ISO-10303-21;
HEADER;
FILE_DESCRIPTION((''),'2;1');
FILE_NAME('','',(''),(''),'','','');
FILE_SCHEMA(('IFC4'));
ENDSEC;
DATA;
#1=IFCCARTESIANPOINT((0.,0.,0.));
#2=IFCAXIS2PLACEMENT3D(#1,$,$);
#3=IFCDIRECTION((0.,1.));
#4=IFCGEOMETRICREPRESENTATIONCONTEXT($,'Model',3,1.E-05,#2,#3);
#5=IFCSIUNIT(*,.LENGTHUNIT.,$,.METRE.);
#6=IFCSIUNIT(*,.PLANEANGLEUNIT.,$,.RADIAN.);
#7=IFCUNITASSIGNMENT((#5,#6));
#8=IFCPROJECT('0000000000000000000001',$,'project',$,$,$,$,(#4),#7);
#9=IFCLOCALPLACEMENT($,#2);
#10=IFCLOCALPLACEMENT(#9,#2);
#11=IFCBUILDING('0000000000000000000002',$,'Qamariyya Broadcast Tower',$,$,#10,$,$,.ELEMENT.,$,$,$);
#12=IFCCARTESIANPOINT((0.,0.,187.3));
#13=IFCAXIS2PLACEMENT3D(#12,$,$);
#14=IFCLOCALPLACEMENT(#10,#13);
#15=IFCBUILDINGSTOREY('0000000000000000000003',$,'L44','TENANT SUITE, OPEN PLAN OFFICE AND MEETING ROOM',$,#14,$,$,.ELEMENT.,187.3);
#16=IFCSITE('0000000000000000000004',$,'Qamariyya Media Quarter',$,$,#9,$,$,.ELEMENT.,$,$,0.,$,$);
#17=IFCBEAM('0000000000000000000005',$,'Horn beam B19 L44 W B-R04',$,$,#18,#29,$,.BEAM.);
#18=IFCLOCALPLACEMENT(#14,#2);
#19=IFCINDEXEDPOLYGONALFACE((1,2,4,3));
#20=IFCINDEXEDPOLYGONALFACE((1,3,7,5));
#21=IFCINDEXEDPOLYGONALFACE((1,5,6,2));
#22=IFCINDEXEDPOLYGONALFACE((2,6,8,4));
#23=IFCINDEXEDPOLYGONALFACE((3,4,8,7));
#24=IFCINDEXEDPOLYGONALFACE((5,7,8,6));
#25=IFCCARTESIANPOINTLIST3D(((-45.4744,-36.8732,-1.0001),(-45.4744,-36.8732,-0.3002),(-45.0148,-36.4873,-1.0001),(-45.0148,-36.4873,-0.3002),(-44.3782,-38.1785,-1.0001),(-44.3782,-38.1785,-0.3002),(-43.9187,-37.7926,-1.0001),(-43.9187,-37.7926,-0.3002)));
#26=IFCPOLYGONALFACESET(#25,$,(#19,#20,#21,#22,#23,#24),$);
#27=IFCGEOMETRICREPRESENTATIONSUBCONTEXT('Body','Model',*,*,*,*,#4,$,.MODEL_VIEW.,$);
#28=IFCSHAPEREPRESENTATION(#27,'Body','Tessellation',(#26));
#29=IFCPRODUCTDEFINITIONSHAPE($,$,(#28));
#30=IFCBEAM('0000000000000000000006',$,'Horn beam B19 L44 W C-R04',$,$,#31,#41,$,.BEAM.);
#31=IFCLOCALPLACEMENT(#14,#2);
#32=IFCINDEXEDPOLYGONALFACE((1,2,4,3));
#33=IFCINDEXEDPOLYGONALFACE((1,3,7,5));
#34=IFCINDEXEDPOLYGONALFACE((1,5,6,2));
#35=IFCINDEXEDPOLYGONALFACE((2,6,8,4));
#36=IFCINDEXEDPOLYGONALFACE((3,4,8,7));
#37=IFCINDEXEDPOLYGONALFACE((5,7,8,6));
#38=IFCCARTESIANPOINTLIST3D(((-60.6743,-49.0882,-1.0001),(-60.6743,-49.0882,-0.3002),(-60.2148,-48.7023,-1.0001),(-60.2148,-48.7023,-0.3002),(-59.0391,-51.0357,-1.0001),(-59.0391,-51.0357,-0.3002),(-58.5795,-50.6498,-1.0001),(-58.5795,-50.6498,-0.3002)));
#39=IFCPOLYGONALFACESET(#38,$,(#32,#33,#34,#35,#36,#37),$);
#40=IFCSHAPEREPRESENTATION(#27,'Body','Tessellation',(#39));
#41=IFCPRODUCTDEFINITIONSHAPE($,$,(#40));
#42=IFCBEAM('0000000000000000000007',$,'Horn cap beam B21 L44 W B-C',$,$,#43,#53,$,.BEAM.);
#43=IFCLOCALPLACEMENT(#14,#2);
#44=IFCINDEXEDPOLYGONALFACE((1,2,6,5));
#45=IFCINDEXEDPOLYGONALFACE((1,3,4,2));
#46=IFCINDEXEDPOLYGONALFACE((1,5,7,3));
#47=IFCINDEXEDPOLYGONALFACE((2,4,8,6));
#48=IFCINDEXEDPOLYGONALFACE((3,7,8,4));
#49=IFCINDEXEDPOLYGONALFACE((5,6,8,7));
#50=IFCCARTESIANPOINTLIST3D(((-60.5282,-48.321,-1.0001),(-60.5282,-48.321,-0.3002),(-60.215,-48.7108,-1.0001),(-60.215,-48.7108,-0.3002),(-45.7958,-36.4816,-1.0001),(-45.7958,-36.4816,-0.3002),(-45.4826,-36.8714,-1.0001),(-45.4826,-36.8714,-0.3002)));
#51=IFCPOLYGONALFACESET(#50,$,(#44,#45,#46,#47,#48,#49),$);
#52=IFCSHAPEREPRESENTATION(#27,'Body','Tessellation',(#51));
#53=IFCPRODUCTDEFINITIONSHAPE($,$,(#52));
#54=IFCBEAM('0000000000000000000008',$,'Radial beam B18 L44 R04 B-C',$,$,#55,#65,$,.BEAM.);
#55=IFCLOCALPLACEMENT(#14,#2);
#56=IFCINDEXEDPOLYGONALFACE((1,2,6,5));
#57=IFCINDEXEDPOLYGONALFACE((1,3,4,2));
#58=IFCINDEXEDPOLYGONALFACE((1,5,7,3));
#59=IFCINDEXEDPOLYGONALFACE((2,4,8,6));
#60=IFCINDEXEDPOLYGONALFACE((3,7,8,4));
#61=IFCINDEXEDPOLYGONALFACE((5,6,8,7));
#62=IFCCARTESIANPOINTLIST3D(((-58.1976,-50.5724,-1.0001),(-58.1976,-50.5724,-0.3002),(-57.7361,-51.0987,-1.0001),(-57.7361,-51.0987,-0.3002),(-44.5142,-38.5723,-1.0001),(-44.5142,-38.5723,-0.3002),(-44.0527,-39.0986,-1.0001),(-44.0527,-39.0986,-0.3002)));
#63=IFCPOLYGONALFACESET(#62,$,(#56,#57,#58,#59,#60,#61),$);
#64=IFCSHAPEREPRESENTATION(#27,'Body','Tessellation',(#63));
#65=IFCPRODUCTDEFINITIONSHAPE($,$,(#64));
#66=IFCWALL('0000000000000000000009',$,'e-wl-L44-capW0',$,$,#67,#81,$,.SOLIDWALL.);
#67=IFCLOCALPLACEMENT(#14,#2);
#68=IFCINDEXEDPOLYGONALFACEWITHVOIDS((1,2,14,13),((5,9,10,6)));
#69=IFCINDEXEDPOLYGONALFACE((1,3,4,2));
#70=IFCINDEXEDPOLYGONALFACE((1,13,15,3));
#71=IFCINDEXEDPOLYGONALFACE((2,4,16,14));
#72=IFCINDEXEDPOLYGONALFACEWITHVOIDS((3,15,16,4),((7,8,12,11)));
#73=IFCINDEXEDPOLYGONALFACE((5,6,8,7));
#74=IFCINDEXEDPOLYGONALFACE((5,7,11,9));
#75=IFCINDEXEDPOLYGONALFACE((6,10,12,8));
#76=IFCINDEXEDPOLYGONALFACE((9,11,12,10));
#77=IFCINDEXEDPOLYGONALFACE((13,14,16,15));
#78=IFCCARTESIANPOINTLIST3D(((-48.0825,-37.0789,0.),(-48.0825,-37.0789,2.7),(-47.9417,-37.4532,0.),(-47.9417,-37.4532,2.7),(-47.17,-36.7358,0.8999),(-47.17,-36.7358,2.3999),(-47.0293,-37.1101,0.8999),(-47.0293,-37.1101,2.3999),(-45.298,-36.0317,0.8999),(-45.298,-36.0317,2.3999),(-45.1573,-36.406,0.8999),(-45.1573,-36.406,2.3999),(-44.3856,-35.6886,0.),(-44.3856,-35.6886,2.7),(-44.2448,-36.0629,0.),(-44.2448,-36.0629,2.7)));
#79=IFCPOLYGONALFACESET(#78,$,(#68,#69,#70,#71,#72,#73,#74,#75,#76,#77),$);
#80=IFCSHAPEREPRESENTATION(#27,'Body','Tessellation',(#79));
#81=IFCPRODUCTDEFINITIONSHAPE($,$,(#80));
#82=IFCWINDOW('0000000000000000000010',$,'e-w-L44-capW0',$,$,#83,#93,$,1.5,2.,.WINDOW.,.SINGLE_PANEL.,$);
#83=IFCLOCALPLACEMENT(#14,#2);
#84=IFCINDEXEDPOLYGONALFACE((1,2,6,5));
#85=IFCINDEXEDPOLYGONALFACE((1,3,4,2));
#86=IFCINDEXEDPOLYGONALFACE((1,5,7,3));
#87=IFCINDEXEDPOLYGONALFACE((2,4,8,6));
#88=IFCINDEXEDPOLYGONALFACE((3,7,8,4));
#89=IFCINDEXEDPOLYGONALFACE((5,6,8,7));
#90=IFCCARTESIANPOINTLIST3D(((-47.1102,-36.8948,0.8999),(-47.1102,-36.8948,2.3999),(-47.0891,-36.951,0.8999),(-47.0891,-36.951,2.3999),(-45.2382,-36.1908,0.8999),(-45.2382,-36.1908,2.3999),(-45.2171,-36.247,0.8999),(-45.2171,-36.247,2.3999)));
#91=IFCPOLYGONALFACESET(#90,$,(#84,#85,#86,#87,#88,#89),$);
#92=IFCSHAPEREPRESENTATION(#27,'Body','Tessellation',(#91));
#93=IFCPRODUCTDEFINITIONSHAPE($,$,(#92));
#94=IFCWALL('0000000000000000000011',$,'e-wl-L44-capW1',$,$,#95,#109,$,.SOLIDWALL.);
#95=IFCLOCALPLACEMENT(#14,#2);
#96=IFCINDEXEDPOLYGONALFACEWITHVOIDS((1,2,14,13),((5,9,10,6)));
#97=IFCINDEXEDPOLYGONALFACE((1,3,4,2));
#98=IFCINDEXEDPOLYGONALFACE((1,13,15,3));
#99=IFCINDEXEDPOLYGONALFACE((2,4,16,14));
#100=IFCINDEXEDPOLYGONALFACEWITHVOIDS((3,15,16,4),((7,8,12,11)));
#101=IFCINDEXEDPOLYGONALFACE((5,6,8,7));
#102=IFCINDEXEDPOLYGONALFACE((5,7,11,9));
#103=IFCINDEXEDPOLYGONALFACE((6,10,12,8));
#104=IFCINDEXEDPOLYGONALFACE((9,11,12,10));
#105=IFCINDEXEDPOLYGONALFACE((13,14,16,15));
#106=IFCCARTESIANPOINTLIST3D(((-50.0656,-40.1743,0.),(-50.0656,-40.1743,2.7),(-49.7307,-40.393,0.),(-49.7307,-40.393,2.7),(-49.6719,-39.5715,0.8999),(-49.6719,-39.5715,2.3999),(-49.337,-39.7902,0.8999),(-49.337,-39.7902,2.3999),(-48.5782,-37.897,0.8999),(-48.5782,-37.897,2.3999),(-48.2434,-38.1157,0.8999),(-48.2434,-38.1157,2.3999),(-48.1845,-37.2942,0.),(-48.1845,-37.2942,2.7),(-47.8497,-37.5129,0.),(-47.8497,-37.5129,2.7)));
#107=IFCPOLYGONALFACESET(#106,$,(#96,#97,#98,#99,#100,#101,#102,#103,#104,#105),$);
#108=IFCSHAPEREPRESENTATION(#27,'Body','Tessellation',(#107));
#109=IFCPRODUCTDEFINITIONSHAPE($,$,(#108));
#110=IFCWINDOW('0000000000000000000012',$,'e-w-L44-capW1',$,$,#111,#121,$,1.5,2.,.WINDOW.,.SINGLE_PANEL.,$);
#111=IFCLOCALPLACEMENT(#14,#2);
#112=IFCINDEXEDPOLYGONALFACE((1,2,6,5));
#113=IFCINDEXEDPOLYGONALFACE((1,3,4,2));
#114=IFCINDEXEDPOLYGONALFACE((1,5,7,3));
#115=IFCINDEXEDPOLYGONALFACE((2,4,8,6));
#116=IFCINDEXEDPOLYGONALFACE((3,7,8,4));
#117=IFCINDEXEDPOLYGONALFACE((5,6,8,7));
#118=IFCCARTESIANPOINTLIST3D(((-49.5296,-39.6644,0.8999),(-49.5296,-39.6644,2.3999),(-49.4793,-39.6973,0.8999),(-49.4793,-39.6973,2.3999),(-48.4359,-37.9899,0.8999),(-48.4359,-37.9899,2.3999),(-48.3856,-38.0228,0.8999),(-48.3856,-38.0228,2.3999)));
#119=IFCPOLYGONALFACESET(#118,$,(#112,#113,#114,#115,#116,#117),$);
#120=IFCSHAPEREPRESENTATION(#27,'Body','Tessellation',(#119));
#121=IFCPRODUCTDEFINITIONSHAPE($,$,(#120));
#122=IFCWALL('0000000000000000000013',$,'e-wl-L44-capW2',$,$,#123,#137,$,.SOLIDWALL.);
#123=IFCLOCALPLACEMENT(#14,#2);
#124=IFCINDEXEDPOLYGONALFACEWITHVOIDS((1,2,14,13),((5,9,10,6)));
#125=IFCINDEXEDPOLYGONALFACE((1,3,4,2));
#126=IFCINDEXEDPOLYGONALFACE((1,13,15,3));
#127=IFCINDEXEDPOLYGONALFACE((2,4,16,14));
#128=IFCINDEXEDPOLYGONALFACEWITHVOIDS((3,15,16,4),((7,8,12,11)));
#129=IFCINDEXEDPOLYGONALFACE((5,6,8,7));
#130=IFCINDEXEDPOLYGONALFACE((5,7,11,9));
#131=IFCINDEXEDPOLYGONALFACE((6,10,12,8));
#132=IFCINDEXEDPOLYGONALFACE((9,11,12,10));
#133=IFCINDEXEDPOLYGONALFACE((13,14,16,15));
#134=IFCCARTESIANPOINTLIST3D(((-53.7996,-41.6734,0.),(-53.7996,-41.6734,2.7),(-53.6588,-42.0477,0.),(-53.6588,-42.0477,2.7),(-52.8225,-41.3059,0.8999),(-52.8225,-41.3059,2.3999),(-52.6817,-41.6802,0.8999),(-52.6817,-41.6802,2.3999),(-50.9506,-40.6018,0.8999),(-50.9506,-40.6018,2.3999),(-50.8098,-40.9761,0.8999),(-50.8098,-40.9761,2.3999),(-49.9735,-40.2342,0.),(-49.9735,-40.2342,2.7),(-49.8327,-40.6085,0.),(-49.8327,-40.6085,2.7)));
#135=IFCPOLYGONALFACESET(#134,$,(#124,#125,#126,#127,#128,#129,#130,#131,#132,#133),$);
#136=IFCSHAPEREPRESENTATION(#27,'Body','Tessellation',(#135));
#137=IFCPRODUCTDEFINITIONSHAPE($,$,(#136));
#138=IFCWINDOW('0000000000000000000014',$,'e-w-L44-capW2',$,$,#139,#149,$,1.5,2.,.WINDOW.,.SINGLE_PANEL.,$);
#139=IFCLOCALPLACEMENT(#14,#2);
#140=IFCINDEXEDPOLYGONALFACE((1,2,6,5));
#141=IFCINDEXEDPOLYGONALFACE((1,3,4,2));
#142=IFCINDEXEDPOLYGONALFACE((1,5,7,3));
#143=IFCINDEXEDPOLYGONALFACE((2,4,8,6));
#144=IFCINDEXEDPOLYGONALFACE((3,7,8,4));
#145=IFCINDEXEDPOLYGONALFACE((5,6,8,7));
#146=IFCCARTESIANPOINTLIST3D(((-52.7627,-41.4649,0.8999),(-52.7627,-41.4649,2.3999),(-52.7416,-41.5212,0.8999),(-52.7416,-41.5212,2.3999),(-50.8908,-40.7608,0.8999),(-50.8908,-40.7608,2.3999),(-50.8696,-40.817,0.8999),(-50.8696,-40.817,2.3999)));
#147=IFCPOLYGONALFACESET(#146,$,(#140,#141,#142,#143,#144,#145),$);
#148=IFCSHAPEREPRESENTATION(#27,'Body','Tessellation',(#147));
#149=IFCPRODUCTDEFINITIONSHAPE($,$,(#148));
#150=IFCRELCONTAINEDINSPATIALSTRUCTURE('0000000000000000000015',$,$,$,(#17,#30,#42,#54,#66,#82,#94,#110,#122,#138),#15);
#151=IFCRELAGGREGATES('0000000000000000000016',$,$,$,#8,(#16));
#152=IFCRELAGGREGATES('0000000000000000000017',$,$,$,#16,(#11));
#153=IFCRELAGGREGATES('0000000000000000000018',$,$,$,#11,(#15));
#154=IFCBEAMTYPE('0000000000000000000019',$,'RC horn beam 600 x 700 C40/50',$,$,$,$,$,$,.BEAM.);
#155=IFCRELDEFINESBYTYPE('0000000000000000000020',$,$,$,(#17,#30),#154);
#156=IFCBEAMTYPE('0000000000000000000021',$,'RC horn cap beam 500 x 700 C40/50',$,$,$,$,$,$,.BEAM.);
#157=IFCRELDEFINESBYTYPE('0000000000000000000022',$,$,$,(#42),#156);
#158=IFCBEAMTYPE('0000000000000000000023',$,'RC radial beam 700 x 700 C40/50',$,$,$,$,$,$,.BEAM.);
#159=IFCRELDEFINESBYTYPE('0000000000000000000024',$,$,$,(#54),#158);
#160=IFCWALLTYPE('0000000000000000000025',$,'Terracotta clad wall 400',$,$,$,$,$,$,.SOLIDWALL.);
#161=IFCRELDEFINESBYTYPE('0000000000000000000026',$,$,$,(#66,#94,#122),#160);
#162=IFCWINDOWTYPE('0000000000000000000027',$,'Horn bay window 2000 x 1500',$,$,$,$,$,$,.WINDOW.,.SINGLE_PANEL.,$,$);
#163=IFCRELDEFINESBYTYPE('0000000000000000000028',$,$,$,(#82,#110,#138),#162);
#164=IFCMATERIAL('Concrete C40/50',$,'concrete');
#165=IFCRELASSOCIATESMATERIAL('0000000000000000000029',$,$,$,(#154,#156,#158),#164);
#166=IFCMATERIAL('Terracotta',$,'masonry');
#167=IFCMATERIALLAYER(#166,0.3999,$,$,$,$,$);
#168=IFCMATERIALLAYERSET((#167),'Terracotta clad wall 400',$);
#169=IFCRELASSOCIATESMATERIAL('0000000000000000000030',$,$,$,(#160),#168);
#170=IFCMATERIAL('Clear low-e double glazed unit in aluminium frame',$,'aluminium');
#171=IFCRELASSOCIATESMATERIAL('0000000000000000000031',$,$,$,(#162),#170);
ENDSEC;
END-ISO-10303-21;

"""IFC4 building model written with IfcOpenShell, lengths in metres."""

from ifc_helpers import new_model, si_unit, direction, frame, frame_2d, origin, origin_2d, place, context, subcontext, project, spatial, rectangle, extrude, material, layer, layer_set, material_profile, profile_set, type_object, element, fill, save


model = new_model("IFC4")

# Units and contexts
model_context = context("Model", 3, precision=1e-05, world=origin(), true_north=direction((0.0, 1.0)))
body_context = subcontext(model_context, "Body", "Model", "MODEL_VIEW")
ifc_project = project(units=[si_unit("LENGTHUNIT", "METRE"), si_unit("PLANEANGLEUNIT", "RADIAN")], contexts=[model_context])

# Site, building, storey
site_placement = place(None, origin())
site = spatial("IfcSite", under=ifc_project, at=site_placement, Name="Qamariyya Media Quarter", CompositionType="ELEMENT", RefElevation=0.0)
building_placement = place(site_placement, origin())
building = spatial("IfcBuilding", under=site, at=building_placement, Name="Qamariyya Broadcast Tower", CompositionType="ELEMENT")
storey_placement = place(building_placement, frame((0.0, 0.0, 187.3)))
storey = spatial("IfcBuildingStorey", under=building, at=storey_placement, Name="L44", Description="TENANT SUITE, OPEN PLAN OFFICE AND MEETING ROOM", CompositionType="ELEMENT", Elevation=187.3)

# Beams
ifc_material_1 = material(Name="Concrete C40/50", Category="concrete")
ifc_material_profile_1 = material_profile(ifc_material_1, rectangle(XDim=0.6001, YDim=0.7, at=origin_2d()))
ifc_profile_set_1 = profile_set([ifc_material_profile_1], Name="Concrete C40/50")
beam_type_1 = type_object("IfcBeamType", Name="RC horn beam 600 x 700 C40/50", PredefinedType="BEAM", material=ifc_profile_set_1)
beam_1_placement = place(storey_placement, frame((-44.1484, -37.9856, -0.6501), z_axis=(-0.643068, 0.765809, 0.0), x_axis=(-0.765809, -0.643068, 0.0)))
element("IfcBeam", 1, at=beam_1_placement, inside=storey, type_object=beam_type_1, Name="Horn beam B19 L44 W B-R04", PredefinedType="BEAM", context=body_context, shape_type="SweptSolid", body=[
    extrude(rectangle(XDim=0.6001, YDim=0.7, at=origin_2d()), origin(), (0.0, 0.0, 1.0), 1.7046),
])
beam_2_placement = place(storey_placement, frame((-58.8093, -50.8428, -0.6501), z_axis=(-0.643041, 0.765832, 0.0), x_axis=(-0.765832, -0.643041, 0.0)))
element("IfcBeam", 2, at=beam_2_placement, inside=storey, type_object=beam_type_1, Name="Horn beam B19 L44 W C-R04", PredefinedType="BEAM", context=body_context, shape_type="SweptSolid", body=[
    extrude(rectangle(XDim=0.6001, YDim=0.7, at=origin_2d()), origin(), (0.0, 0.0, 1.0), 2.543),
])
ifc_material_profile_2 = material_profile(ifc_material_1, rectangle(XDim=0.5, YDim=0.7, at=origin_2d()))
ifc_profile_set_2 = profile_set([ifc_material_profile_2], Name="Concrete C40/50")
beam_type_2 = type_object("IfcBeamType", Name="RC horn cap beam 500 x 700 C40/50", PredefinedType="BEAM", material=ifc_profile_set_2)
beam_3_placement = place(storey_placement, frame((-45.6392, -36.6765, -0.6501), z_axis=(-0.779488, -0.626417, 0.0), x_axis=(0.626417, -0.779488, 0.0)))
element("IfcBeam", 3, at=beam_3_placement, inside=storey, type_object=beam_type_2, Name="Horn cap beam B21 L44 W B-C", PredefinedType="BEAM", context=body_context, shape_type="SweptSolid", body=[
    extrude(rectangle(XDim=0.5, YDim=0.7, at=origin_2d()), origin(), (0.0, 0.0, 1.0), 18.9001),
])
ifc_material_profile_3 = material_profile(ifc_material_1, rectangle(XDim=0.7, YDim=0.7, at=origin_2d()))
ifc_profile_set_3 = profile_set([ifc_material_profile_3], Name="Concrete C40/50")
beam_type_3 = type_object("IfcBeamType", Name="RC radial beam 700 x 700 C40/50", PredefinedType="BEAM", material=ifc_profile_set_3)
beam_4_placement = place(storey_placement, frame((-44.2834, -38.8354, -0.6501), z_axis=(-0.751839, -0.659347, 0.0), x_axis=(0.659347, -0.751839, 0.0)))
element("IfcBeam", 4, at=beam_4_placement, inside=storey, type_object=beam_type_3, Name="Radial beam B18 L44 R04 B-C", PredefinedType="BEAM", context=body_context, shape_type="SweptSolid", body=[
    extrude(rectangle(XDim=0.7, YDim=0.7, at=origin_2d()), origin(), (0.0, 0.0, 1.0), 18.2),
])

# Walls, openings, windows
ifc_material_2 = material(Name="Terracotta", Category="masonry")
ifc_layer = layer(ifc_material_2, 0.3999)
ifc_layer_set = layer_set([ifc_layer], Name="Terracotta clad wall 400")
wall_type = type_object("IfcWallType", Name="Terracotta clad wall 400", PredefinedType="SOLIDWALL", material=ifc_layer_set)
wall_1_placement = place(storey_placement, frame((-44.3152, -35.8757, 0.0), z_axis=(0.0, 0.0, 1.0), x_axis=(-0.935996, -0.352011, 0.0)))
wall_1 = element("IfcWall", 5, at=wall_1_placement, inside=storey, type_object=wall_type, Name="e-wl-L44-capW0", PredefinedType="SOLIDWALL", context=body_context, shape_type="SweptSolid", body=[
    extrude(rectangle(XDim=3.9497, YDim=0.3999, at=frame_2d((1.9749, 0.0))), origin(), (0.0, 0.0, 1.0), 2.7),
])
opening_1_placement = place(wall_1_placement, frame((0.9749, 0.0, 0.8999)))
opening_1 = element("IfcOpeningElement", 6, at=opening_1_placement, cuts=wall_1, PredefinedType="OPENING", context=body_context, shape_type="SweptSolid", body=[
    extrude(rectangle(XDim=2.0, YDim=1.5, at=frame_2d((1.0, 0.75))), frame((0.0, 0.21, 0.0), z_axis=(0.0, -1.0, 0.0), x_axis=(1.0, 0.0, 0.0)), (0.0, 0.0, 1.0), 0.4199),
])
ifc_material_3 = material(Name="Clear low-e double glazed unit in aluminium frame", Category="aluminium")
window_type = type_object("IfcWindowType", Name="Horn bay window 2000 x 1500", PartitioningType="SINGLE_PANEL", PredefinedType="WINDOW", material=ifc_material_3)
window_1_placement = place(opening_1_placement, origin())
window_1 = element("IfcWindow", 7, at=window_1_placement, inside=storey, type_object=window_type, Name="e-w-L44-capW0", OverallHeight=1.5, OverallWidth=2.0, PartitioningType="SINGLE_PANEL", PredefinedType="WINDOW", context=body_context, shape_type="SweptSolid", body=[
    extrude(rectangle(XDim=2.0, YDim=1.5, at=frame_2d((1.0, 0.75))), frame((0.0, 0.03, 0.0), z_axis=(0.0, -1.0, 0.0), x_axis=(1.0, 0.0, 0.0)), (0.0, 0.0, 1.0), 0.0601),
])
fill(opening_1, window_1)
wall_2_placement = place(storey_placement, frame((-48.0171, -37.4036, 0.0), z_axis=(0.0, 0.0, 1.0), x_axis=(-0.546831, -0.837243, 0.0)))
wall_2 = element("IfcWall", 8, at=wall_2_placement, inside=storey, type_object=wall_type, Name="e-wl-L44-capW1", PredefinedType="SOLIDWALL", context=body_context, shape_type="SweptSolid", body=[
    extrude(rectangle(XDim=3.4399, YDim=0.3999, at=frame_2d((1.72, 0.0))), origin(), (0.0, 0.0, 1.0), 2.7),
])
opening_2_placement = place(wall_2_placement, frame((0.72, 0.0, 0.8999)))
opening_2 = element("IfcOpeningElement", 9, at=opening_2_placement, cuts=wall_2, PredefinedType="OPENING", context=body_context, shape_type="SweptSolid", body=[
    extrude(rectangle(XDim=2.0, YDim=1.5, at=frame_2d((1.0, 0.75))), frame((0.0, 0.21, 0.0), z_axis=(0.0, -1.0, 0.0), x_axis=(1.0, 0.0, 0.0)), (0.0, 0.0, 1.0), 0.4199),
])
window_2_placement = place(opening_2_placement, origin())
window_2 = element("IfcWindow", 10, at=window_2_placement, inside=storey, type_object=window_type, Name="e-w-L44-capW1", OverallHeight=1.5, OverallWidth=2.0, PartitioningType="SINGLE_PANEL", PredefinedType="WINDOW", context=body_context, shape_type="SweptSolid", body=[
    extrude(rectangle(XDim=2.0, YDim=1.5, at=frame_2d((1.0, 0.75))), frame((0.0, 0.03, 0.0), z_axis=(0.0, -1.0, 0.0), x_axis=(1.0, 0.0, 0.0)), (0.0, 0.0, 1.0), 0.0601),
])
fill(opening_2, window_2)
wall_3_placement = place(storey_placement, frame((-49.9031, -40.4214, 0.0), z_axis=(0.0, 0.0, 1.0), x_axis=(-0.935975, -0.352066, 0.0)))
wall_3 = element("IfcWall", 11, at=wall_3_placement, inside=storey, type_object=wall_type, Name="e-wl-L44-capW2", PredefinedType="SOLIDWALL", context=body_context, shape_type="SweptSolid", body=[
    extrude(rectangle(XDim=4.0879, YDim=0.3999, at=frame_2d((2.0439, 0.0))), origin(), (0.0, 0.0, 1.0), 2.7),
])
opening_3_placement = place(wall_3_placement, frame((1.0439, 0.0, 0.8999)))
opening_3 = element("IfcOpeningElement", 12, at=opening_3_placement, cuts=wall_3, PredefinedType="OPENING", context=body_context, shape_type="SweptSolid", body=[
    extrude(rectangle(XDim=2.0, YDim=1.5, at=frame_2d((1.0, 0.75))), frame((0.0, 0.21, 0.0), z_axis=(0.0, -1.0, 0.0), x_axis=(1.0, 0.0, 0.0)), (0.0, 0.0, 1.0), 0.4199),
])
window_3_placement = place(opening_3_placement, origin())
window_3 = element("IfcWindow", 13, at=window_3_placement, inside=storey, type_object=window_type, Name="e-w-L44-capW2", OverallHeight=1.5, OverallWidth=2.0, PartitioningType="SINGLE_PANEL", PredefinedType="WINDOW", context=body_context, shape_type="SweptSolid", body=[
    extrude(rectangle(XDim=2.0, YDim=1.5, at=frame_2d((1.0, 0.75))), frame((0.0, 0.03, 0.0), z_axis=(0.0, -1.0, 0.0), x_axis=(1.0, 0.0, 0.0)), (0.0, 0.0, 1.0), 0.0601),
])
fill(opening_3, window_3)

save(model, "model.ifc")
